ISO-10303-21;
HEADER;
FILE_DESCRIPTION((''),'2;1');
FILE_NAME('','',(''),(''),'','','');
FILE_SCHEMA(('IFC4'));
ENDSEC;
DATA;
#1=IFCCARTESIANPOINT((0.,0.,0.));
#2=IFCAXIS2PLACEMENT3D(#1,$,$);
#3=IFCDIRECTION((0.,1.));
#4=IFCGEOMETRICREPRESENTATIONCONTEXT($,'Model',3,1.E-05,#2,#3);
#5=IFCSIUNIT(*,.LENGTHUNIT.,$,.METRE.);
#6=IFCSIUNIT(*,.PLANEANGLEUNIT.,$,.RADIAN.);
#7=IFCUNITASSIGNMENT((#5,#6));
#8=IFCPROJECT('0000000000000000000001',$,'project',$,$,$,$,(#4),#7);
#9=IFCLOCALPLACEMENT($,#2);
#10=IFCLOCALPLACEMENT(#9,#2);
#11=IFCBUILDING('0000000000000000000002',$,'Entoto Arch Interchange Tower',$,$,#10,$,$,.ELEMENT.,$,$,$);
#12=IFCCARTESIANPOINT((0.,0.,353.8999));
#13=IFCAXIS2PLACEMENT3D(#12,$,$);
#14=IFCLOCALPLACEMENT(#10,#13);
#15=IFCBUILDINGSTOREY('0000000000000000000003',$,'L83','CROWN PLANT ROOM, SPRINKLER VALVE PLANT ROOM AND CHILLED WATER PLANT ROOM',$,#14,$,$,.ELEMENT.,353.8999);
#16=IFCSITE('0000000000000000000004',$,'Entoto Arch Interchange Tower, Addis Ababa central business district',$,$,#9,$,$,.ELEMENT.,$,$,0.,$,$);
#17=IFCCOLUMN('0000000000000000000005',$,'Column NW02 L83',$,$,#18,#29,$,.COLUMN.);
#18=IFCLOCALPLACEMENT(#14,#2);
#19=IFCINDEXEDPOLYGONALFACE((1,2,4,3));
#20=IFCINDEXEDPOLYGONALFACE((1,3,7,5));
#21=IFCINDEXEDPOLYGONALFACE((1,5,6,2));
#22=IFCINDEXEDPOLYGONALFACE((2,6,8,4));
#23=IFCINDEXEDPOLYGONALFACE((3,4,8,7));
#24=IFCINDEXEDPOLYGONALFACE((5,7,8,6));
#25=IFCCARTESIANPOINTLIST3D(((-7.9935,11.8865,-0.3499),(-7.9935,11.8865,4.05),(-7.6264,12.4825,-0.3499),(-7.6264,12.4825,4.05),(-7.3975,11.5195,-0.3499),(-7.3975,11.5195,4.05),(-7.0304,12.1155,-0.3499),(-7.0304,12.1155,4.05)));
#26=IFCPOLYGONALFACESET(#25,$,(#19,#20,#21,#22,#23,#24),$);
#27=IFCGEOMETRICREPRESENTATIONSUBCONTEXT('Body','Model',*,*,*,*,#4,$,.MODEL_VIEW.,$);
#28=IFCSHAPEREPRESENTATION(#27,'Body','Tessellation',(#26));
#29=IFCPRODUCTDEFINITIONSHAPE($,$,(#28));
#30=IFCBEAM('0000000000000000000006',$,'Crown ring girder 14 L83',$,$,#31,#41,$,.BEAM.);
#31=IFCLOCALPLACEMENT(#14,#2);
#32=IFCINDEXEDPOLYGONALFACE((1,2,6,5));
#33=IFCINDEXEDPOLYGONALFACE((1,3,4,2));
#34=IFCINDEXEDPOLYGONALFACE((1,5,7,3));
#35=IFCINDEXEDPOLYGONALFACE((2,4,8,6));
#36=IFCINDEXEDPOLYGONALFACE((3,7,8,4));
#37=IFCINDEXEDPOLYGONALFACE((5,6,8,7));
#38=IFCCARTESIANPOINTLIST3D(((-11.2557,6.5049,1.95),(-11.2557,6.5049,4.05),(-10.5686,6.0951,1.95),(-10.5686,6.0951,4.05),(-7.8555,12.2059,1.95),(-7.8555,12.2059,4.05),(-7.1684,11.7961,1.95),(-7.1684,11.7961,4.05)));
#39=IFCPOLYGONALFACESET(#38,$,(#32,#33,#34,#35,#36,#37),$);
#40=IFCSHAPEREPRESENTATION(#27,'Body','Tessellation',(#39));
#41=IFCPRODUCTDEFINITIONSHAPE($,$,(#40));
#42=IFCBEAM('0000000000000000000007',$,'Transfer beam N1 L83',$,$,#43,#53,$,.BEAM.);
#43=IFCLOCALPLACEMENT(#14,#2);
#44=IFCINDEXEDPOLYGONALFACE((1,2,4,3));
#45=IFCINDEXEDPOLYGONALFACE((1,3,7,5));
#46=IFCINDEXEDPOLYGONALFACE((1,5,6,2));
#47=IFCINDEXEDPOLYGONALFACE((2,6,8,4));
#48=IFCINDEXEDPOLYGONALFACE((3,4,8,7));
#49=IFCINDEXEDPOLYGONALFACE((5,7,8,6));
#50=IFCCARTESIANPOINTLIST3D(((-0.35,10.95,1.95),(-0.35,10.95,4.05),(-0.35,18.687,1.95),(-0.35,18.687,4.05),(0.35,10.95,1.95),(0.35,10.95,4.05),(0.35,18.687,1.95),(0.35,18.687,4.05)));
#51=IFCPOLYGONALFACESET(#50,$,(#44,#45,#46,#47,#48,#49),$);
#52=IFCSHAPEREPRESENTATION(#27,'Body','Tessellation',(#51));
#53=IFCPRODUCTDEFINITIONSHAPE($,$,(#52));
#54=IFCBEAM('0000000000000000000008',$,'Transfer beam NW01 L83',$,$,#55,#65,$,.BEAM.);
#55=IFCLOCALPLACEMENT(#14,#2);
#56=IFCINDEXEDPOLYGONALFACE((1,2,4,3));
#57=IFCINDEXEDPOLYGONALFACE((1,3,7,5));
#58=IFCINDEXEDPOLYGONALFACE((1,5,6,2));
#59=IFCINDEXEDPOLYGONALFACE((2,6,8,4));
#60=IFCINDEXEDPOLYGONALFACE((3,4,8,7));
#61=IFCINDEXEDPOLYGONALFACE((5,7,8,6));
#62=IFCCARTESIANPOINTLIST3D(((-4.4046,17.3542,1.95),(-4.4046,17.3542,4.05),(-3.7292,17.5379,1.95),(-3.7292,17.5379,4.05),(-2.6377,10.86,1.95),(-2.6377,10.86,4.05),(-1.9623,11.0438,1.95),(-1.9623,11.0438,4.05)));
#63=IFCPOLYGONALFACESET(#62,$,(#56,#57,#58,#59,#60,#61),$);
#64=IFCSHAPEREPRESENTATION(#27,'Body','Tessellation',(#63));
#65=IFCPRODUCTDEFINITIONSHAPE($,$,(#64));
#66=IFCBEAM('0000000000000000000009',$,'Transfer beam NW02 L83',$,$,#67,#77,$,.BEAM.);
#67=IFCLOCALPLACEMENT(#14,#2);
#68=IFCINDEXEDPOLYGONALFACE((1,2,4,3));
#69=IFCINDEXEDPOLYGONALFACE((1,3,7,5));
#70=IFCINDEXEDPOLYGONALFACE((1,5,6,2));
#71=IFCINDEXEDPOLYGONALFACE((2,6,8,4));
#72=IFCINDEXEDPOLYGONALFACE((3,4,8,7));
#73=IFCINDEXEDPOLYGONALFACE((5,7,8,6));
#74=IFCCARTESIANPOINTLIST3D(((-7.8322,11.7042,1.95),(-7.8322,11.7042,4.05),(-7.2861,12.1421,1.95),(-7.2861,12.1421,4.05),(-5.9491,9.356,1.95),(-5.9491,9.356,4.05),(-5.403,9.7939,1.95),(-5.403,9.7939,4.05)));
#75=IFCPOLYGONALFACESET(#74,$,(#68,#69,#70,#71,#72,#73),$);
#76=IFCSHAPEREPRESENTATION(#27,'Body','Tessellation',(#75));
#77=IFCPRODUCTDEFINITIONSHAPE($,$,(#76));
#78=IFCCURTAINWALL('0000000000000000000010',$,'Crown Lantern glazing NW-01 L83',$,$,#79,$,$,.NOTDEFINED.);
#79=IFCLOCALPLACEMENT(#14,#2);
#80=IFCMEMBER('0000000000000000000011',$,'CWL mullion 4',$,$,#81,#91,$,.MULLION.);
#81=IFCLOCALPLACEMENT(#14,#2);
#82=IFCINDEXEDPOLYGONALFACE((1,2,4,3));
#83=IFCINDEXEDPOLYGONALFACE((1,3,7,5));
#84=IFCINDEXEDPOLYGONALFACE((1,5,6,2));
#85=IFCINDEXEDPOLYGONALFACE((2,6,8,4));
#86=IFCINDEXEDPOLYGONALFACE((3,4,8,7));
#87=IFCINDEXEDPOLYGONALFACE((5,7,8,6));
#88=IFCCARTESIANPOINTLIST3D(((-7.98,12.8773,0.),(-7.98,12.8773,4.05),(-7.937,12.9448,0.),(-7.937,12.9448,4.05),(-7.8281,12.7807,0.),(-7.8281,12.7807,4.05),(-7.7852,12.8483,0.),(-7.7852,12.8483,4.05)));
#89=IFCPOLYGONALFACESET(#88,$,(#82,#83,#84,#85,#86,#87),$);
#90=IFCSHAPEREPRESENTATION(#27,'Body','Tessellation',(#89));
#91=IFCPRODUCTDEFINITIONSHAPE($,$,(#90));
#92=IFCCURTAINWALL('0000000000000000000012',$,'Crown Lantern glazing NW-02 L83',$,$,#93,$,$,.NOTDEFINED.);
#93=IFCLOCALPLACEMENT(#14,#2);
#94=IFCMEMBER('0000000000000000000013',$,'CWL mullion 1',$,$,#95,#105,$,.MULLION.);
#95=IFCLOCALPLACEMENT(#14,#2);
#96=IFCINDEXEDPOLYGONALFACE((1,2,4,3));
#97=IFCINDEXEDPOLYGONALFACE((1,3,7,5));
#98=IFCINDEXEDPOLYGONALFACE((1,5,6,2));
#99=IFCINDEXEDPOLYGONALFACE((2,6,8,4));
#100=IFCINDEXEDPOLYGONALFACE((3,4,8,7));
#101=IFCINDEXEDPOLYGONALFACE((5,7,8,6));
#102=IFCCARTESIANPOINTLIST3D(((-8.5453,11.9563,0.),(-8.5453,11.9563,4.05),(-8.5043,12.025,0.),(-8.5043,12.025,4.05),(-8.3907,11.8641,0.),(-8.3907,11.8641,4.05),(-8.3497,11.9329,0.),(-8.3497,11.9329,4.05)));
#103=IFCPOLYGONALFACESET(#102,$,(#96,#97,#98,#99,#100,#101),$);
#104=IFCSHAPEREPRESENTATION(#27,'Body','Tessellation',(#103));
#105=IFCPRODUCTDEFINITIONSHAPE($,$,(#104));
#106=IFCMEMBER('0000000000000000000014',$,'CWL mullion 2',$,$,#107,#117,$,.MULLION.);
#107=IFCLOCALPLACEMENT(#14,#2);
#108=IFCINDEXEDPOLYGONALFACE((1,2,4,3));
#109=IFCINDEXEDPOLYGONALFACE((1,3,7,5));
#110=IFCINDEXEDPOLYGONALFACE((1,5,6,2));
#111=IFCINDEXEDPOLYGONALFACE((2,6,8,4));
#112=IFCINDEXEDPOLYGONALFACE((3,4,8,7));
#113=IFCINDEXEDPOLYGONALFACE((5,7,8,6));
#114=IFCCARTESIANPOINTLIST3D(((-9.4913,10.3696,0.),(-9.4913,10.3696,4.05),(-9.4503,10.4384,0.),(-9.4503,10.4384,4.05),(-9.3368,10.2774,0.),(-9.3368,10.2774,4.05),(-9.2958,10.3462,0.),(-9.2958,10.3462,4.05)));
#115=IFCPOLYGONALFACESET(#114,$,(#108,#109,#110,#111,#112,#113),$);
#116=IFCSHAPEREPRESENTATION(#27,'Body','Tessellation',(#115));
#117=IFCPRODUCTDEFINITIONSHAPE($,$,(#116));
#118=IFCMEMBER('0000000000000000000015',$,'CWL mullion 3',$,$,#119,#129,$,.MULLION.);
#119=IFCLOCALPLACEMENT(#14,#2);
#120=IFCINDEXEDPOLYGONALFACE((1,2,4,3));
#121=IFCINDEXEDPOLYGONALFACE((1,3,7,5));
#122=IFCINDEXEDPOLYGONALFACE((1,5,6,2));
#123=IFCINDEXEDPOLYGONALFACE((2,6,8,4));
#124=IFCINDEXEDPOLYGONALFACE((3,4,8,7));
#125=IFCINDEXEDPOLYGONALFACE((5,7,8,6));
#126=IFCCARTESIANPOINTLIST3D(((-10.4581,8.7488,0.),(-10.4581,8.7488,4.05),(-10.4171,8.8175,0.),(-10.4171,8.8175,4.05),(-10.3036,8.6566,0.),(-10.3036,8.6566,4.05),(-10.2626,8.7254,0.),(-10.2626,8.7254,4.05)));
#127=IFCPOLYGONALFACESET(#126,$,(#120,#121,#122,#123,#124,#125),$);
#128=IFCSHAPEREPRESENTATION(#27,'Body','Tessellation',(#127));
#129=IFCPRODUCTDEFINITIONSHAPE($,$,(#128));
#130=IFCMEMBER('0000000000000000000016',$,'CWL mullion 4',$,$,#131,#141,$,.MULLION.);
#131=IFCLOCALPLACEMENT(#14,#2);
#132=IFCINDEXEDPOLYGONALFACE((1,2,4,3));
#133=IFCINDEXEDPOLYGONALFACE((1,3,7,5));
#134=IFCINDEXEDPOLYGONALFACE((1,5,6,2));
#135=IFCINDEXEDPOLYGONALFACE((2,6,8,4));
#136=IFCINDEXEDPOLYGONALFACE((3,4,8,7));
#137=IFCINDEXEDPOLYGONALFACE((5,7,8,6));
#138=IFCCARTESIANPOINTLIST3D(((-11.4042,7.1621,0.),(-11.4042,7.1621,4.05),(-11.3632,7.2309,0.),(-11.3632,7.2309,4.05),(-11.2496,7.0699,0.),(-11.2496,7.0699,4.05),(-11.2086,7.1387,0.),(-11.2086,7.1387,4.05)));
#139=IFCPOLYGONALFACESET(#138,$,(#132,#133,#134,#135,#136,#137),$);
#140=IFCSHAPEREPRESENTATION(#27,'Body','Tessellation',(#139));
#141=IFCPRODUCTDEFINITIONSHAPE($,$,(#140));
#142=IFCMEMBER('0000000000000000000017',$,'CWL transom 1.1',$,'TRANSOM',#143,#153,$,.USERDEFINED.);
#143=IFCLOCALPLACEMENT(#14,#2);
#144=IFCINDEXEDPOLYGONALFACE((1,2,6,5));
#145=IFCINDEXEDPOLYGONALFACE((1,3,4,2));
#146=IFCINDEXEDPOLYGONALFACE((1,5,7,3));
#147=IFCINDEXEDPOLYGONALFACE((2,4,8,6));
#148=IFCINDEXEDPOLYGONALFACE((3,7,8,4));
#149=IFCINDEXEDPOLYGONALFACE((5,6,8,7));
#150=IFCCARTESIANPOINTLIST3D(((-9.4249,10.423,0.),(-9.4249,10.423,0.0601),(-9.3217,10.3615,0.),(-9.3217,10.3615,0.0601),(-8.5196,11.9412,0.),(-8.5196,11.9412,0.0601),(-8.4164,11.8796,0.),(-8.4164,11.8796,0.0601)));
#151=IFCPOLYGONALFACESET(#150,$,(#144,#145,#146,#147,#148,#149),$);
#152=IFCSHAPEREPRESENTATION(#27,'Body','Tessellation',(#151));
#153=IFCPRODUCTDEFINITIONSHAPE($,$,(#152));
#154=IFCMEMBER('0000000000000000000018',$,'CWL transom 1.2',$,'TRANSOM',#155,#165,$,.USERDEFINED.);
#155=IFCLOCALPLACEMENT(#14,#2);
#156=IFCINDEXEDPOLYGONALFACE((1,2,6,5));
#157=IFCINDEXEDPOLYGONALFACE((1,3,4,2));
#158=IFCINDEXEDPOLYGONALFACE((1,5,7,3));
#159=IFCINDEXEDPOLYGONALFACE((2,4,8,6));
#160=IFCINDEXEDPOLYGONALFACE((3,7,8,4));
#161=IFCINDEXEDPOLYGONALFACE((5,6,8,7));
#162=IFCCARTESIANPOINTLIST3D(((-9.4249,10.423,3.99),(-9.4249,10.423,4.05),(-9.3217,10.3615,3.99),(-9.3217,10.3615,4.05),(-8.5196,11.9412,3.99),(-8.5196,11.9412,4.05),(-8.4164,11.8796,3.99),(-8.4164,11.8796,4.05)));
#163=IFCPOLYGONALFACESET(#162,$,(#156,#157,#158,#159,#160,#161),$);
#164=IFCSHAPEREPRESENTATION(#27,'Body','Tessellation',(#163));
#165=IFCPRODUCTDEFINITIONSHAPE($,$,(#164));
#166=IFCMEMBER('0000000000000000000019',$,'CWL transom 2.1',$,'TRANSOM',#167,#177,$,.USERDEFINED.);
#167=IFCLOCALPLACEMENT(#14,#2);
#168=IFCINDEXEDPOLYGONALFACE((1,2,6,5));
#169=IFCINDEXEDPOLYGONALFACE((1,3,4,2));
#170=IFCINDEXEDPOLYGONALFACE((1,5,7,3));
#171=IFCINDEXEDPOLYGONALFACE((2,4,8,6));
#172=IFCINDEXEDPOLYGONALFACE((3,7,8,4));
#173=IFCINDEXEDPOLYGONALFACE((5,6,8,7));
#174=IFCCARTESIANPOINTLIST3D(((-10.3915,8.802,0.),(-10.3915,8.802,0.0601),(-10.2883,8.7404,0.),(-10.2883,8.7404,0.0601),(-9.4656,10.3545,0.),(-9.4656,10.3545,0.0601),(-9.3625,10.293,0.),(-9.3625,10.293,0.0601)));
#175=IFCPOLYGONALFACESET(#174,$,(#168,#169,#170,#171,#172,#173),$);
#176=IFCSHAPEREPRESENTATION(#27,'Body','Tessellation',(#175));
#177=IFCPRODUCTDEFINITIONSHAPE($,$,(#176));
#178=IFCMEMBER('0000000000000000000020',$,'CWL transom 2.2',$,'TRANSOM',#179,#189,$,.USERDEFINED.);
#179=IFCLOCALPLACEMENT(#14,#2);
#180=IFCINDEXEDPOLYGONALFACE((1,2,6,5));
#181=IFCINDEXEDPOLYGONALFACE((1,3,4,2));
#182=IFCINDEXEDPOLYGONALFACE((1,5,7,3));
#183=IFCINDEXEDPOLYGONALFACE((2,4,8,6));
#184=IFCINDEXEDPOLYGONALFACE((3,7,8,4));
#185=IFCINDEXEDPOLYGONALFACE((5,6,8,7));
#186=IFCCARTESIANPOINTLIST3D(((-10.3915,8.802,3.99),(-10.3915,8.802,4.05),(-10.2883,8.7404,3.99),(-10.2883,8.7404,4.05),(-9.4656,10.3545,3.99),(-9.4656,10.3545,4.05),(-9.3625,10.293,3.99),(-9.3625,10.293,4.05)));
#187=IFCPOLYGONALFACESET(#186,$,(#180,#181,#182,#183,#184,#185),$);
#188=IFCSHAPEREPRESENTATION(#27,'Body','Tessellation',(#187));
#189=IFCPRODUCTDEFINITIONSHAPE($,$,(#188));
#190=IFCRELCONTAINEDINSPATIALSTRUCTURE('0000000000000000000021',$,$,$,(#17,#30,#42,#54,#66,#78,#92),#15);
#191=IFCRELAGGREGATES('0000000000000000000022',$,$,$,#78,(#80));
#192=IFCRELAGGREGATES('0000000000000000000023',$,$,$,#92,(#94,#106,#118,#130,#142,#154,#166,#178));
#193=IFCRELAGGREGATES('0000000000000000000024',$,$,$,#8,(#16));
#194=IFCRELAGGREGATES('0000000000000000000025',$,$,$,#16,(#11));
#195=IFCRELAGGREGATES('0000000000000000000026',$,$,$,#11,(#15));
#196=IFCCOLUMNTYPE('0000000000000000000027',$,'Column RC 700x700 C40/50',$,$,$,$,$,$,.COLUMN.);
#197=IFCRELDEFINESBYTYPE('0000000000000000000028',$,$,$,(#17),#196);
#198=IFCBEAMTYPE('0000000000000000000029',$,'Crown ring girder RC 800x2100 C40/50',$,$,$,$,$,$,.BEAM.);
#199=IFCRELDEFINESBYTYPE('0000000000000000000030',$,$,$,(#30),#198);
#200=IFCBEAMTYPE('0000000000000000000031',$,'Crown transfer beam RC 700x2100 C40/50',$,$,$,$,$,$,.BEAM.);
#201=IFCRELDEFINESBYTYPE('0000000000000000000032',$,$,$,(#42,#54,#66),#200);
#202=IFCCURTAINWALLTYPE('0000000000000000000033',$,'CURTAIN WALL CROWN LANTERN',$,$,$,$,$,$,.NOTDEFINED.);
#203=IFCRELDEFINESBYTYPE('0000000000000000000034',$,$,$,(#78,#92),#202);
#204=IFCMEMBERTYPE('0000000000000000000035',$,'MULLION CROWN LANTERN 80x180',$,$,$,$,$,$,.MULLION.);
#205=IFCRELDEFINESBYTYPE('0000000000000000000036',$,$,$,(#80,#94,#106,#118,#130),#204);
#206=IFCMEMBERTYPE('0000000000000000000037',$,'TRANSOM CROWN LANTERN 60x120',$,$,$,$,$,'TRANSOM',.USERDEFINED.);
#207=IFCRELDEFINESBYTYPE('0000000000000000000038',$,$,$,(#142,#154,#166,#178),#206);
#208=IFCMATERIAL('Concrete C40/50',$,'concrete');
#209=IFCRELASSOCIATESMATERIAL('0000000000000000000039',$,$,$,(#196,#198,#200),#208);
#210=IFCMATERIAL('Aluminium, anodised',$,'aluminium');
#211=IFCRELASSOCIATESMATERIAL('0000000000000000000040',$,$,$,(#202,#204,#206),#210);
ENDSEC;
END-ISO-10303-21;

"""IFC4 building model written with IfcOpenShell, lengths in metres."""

from ifc_helpers import new_model, si_unit, direction, frame, origin, origin_2d, place, context, subcontext, project, spatial, rectangle, extrude, material, material_profile, profile_set, type_object, element, aggregate, save


model = new_model("IFC4")

# Units and contexts
model_context = context("Model", 3, precision=1e-05, world=origin(), true_north=direction((0.0, 1.0)))
body_context = subcontext(model_context, "Body", "Model", "MODEL_VIEW")
ifc_project = project(units=[si_unit("LENGTHUNIT", "METRE"), si_unit("PLANEANGLEUNIT", "RADIAN")], contexts=[model_context])

# Site, building, storey
site_placement = place(None, origin())
site = spatial("IfcSite", under=ifc_project, at=site_placement, Name="Entoto Arch Interchange Tower, Addis Ababa central business district", CompositionType="ELEMENT", RefElevation=0.0)
building_placement = place(site_placement, origin())
building = spatial("IfcBuilding", under=site, at=building_placement, Name="Entoto Arch Interchange Tower", CompositionType="ELEMENT")
storey_placement = place(building_placement, frame((0.0, 0.0, 353.8999)))
storey = spatial("IfcBuildingStorey", under=building, at=storey_placement, Name="L83", Description="CROWN PLANT ROOM, SPRINKLER VALVE PLANT ROOM AND CHILLED WATER PLANT ROOM", CompositionType="ELEMENT", Elevation=353.8999)

# Column
ifc_material_1 = material(Name="Concrete C40/50", Category="concrete")
ifc_material_profile_1 = material_profile(ifc_material_1, rectangle(XDim=0.7, YDim=0.7, at=origin_2d()))
ifc_profile_set_1 = profile_set([ifc_material_profile_1], Name="Concrete C40/50")
column_type = type_object("IfcColumnType", Name="Column RC 700x700 C40/50", PredefinedType="COLUMN", material=ifc_profile_set_1)
column_placement = place(storey_placement, frame((-7.512, 12.001, -0.3499), z_axis=(0.0, 0.0, 1.0), x_axis=(0.524372, 0.851489, 0.0)))
element("IfcColumn", 1, at=column_placement, inside=storey, type_object=column_type, Name="Column NW02 L83", PredefinedType="COLUMN", context=body_context, shape_type="SweptSolid", body=[
    extrude(rectangle(XDim=0.7, YDim=0.7, at=origin_2d()), origin(), (0.0, 0.0, 1.0), 4.3999),
])

# Beams
ifc_material_profile_2 = material_profile(ifc_material_1, rectangle(XDim=0.8, YDim=2.1001, at=origin_2d()))
ifc_profile_set_2 = profile_set([ifc_material_profile_2], Name="Concrete C40/50")
beam_type_1 = type_object("IfcBeamType", Name="Crown ring girder RC 800x2100 C40/50", PredefinedType="BEAM", material=ifc_profile_set_2)
beam_1_placement = place(storey_placement, frame((-7.512, 12.001, 3.0), z_axis=(-0.512233, -0.858846, 0.0), x_axis=(0.858846, -0.512233, 0.0)))
element("IfcBeam", 2, at=beam_1_placement, inside=storey, type_object=beam_type_1, Name="Crown ring girder 14 L83", PredefinedType="BEAM", context=body_context, shape_type="SweptSolid", body=[
    extrude(rectangle(XDim=0.8, YDim=2.1001, at=origin_2d()), origin(), (0.0, 0.0, 1.0), 6.6379),
])
ifc_material_profile_3 = material_profile(ifc_material_1, rectangle(XDim=0.7, YDim=2.1001, at=origin_2d()))
ifc_profile_set_3 = profile_set([ifc_material_profile_3], Name="Concrete C40/50")
beam_type_2 = type_object("IfcBeamType", Name="Crown transfer beam RC 700x2100 C40/50", PredefinedType="BEAM", material=ifc_profile_set_3)
beam_2_placement = place(storey_placement, frame((0.0, 10.95, 3.0), z_axis=(0.0, 1.0, 0.0), x_axis=(-1.0, 0.0, 0.0)))
element("IfcBeam", 3, at=beam_2_placement, inside=storey, type_object=beam_type_2, Name="Transfer beam N1 L83", PredefinedType="BEAM", context=body_context, shape_type="SweptSolid", body=[
    extrude(rectangle(XDim=0.7, YDim=2.1001, at=origin_2d()), origin(), (0.0, 0.0, 1.0), 7.7371),
])
beam_3_placement = place(storey_placement, frame((-2.3, 10.9519, 3.0), z_axis=(-0.262525, 0.964925, 0.0), x_axis=(-0.964925, -0.262525, 0.0)))
element("IfcBeam", 4, at=beam_3_placement, inside=storey, type_object=beam_type_2, Name="Transfer beam NW01 L83", PredefinedType="BEAM", context=body_context, shape_type="SweptSolid", body=[
    extrude(rectangle(XDim=0.7, YDim=2.1001, at=origin_2d()), origin(), (0.0, 0.0, 1.0), 6.7302),
])
beam_4_placement = place(storey_placement, frame((-5.676, 9.575, 3.0), z_axis=(-0.625615, 0.780132, 0.0), x_axis=(-0.780132, -0.625615, 0.0)))
element("IfcBeam", 5, at=beam_4_placement, inside=storey, type_object=beam_type_2, Name="Transfer beam NW02 L83", PredefinedType="BEAM", context=body_context, shape_type="SweptSolid", body=[
    extrude(rectangle(XDim=0.7, YDim=2.1001, at=origin_2d()), origin(), (0.0, 0.0, 1.0), 3.01),
])

# Curtain wall, member
ifc_material_2 = material(Name="Aluminium, anodised", Category="aluminium")
curtain_wall_type = type_object("IfcCurtainWallType", Name="CURTAIN WALL CROWN LANTERN", PredefinedType="NOTDEFINED", material=ifc_material_2)
curtain_wall_1_placement = place(storey_placement, origin())
curtain_wall_1 = element("IfcCurtainWall", 6, at=curtain_wall_1_placement, inside=storey, type_object=curtain_wall_type, Name="Crown Lantern glazing NW-01 L83", PredefinedType="NOTDEFINED")
ifc_material_profile_4 = material_profile(ifc_material_2, rectangle(XDim=0.1799, YDim=0.0801, at=origin_2d()))
ifc_profile_set_4 = profile_set([ifc_material_profile_4], Name="Aluminium, anodised")
member_type_1 = type_object("IfcMemberType", Name="MULLION CROWN LANTERN 80x180", PredefinedType="MULLION", material=ifc_profile_set_4)
member_1_placement = place(storey_placement, frame((-7.8826, 12.8628, 0.0), z_axis=(0.0, 0.0, 1.0), x_axis=(0.84394, -0.536437, 0.0)))
member_1 = element("IfcMember", 7, at=member_1_placement, type_object=member_type_1, Name="CWL mullion 4", PredefinedType="MULLION", context=body_context, shape_type="SweptSolid", body=[
    extrude(rectangle(XDim=0.1799, YDim=0.0801, at=origin_2d()), origin(), (0.0, 0.0, 1.0), 4.05),
])
aggregate(curtain_wall_1, [member_1])

# Curtain wall, members
curtain_wall_2_placement = place(storey_placement, origin())
curtain_wall_2 = element("IfcCurtainWall", 8, at=curtain_wall_2_placement, inside=storey, type_object=curtain_wall_type, Name="Crown Lantern glazing NW-02 L83", PredefinedType="NOTDEFINED")
member_2_placement = place(storey_placement, frame((-8.4475, 11.9446, 0.0), z_axis=(0.0, 0.0, 1.0), x_axis=(0.858877, -0.512182, 0.0)))
member_2 = element("IfcMember", 9, at=member_2_placement, type_object=member_type_1, Name="CWL mullion 1", PredefinedType="MULLION", context=body_context, shape_type="SweptSolid", body=[
    extrude(rectangle(XDim=0.1799, YDim=0.0801, at=origin_2d()), origin(), (0.0, 0.0, 1.0), 4.05),
])
member_3_placement = place(storey_placement, frame((-9.3936, 10.3579, 0.0), z_axis=(0.0, 0.0, 1.0), x_axis=(0.858877, -0.512182, 0.0)))
member_3 = element("IfcMember", 10, at=member_3_placement, type_object=member_type_1, Name="CWL mullion 2", PredefinedType="MULLION", context=body_context, shape_type="SweptSolid", body=[
    extrude(rectangle(XDim=0.1799, YDim=0.0801, at=origin_2d()), origin(), (0.0, 0.0, 1.0), 4.05),
])
member_4_placement = place(storey_placement, frame((-10.3604, 8.7371, 0.0), z_axis=(0.0, 0.0, 1.0), x_axis=(0.858877, -0.512182, 0.0)))
member_4 = element("IfcMember", 11, at=member_4_placement, type_object=member_type_1, Name="CWL mullion 3", PredefinedType="MULLION", context=body_context, shape_type="SweptSolid", body=[
    extrude(rectangle(XDim=0.1799, YDim=0.0801, at=origin_2d()), origin(), (0.0, 0.0, 1.0), 4.05),
])
member_5_placement = place(storey_placement, frame((-11.3064, 7.1504, 0.0), z_axis=(0.0, 0.0, 1.0), x_axis=(0.858877, -0.512182, 0.0)))
member_5 = element("IfcMember", 12, at=member_5_placement, type_object=member_type_1, Name="CWL mullion 4", PredefinedType="MULLION", context=body_context, shape_type="SweptSolid", body=[
    extrude(rectangle(XDim=0.1799, YDim=0.0801, at=origin_2d()), origin(), (0.0, 0.0, 1.0), 4.05),
])
ifc_material_profile_5 = material_profile(ifc_material_2, rectangle(XDim=0.1201, YDim=0.0601, at=origin_2d()))
ifc_profile_set_5 = profile_set([ifc_material_profile_5], Name="Aluminium, anodised")
member_type_2 = type_object("IfcMemberType", Name="TRANSOM CROWN LANTERN 60x120", ElementType="TRANSOM", PredefinedType="USERDEFINED", material=ifc_profile_set_5)
member_6_placement = place(storey_placement, frame((-8.468, 11.9104, 0.03), z_axis=(-0.512178, -0.858879, 0.0), x_axis=(0.858879, -0.512178, 0.0)))
member_6 = element("IfcMember", 13, at=member_6_placement, type_object=member_type_2, Name="CWL transom 1.1", ObjectType="TRANSOM", PredefinedType="USERDEFINED", context=body_context, shape_type="SweptSolid", body=[
    extrude(rectangle(XDim=0.1201, YDim=0.0601, at=origin_2d()), origin(), (0.0, 0.0, 1.0), 1.7676),
])
member_7_placement = place(storey_placement, frame((-8.468, 11.9104, 4.02), z_axis=(-0.512178, -0.858879, 0.0), x_axis=(0.858879, -0.512178, 0.0)))
member_7 = element("IfcMember", 14, at=member_7_placement, type_object=member_type_2, Name="CWL transom 1.2", ObjectType="TRANSOM", PredefinedType="USERDEFINED", context=body_context, shape_type="SweptSolid", body=[
    extrude(rectangle(XDim=0.1201, YDim=0.0601, at=origin_2d()), origin(), (0.0, 0.0, 1.0), 1.7676),
])
member_8_placement = place(storey_placement, frame((-9.4141, 10.3237, 0.03), z_axis=(-0.51217, -0.858884, 0.0), x_axis=(0.858884, -0.51217, 0.0)))
member_8 = element("IfcMember", 15, at=member_8_placement, type_object=member_type_2, Name="CWL transom 2.1", ObjectType="TRANSOM", PredefinedType="USERDEFINED", context=body_context, shape_type="SweptSolid", body=[
    extrude(rectangle(XDim=0.1201, YDim=0.0601, at=origin_2d()), origin(), (0.0, 0.0, 1.0), 1.8076),
])
member_9_placement = place(storey_placement, frame((-9.4141, 10.3237, 4.02), z_axis=(-0.51217, -0.858884, 0.0), x_axis=(0.858884, -0.51217, 0.0)))
member_9 = element("IfcMember", 16, at=member_9_placement, type_object=member_type_2, Name="CWL transom 2.2", ObjectType="TRANSOM", PredefinedType="USERDEFINED", context=body_context, shape_type="SweptSolid", body=[
    extrude(rectangle(XDim=0.1201, YDim=0.0601, at=origin_2d()), origin(), (0.0, 0.0, 1.0), 1.8076),
])
aggregate(curtain_wall_2, [member_2, member_3, member_4, member_5, member_6, member_7, member_8, member_9])

save(model, "model.ifc")
